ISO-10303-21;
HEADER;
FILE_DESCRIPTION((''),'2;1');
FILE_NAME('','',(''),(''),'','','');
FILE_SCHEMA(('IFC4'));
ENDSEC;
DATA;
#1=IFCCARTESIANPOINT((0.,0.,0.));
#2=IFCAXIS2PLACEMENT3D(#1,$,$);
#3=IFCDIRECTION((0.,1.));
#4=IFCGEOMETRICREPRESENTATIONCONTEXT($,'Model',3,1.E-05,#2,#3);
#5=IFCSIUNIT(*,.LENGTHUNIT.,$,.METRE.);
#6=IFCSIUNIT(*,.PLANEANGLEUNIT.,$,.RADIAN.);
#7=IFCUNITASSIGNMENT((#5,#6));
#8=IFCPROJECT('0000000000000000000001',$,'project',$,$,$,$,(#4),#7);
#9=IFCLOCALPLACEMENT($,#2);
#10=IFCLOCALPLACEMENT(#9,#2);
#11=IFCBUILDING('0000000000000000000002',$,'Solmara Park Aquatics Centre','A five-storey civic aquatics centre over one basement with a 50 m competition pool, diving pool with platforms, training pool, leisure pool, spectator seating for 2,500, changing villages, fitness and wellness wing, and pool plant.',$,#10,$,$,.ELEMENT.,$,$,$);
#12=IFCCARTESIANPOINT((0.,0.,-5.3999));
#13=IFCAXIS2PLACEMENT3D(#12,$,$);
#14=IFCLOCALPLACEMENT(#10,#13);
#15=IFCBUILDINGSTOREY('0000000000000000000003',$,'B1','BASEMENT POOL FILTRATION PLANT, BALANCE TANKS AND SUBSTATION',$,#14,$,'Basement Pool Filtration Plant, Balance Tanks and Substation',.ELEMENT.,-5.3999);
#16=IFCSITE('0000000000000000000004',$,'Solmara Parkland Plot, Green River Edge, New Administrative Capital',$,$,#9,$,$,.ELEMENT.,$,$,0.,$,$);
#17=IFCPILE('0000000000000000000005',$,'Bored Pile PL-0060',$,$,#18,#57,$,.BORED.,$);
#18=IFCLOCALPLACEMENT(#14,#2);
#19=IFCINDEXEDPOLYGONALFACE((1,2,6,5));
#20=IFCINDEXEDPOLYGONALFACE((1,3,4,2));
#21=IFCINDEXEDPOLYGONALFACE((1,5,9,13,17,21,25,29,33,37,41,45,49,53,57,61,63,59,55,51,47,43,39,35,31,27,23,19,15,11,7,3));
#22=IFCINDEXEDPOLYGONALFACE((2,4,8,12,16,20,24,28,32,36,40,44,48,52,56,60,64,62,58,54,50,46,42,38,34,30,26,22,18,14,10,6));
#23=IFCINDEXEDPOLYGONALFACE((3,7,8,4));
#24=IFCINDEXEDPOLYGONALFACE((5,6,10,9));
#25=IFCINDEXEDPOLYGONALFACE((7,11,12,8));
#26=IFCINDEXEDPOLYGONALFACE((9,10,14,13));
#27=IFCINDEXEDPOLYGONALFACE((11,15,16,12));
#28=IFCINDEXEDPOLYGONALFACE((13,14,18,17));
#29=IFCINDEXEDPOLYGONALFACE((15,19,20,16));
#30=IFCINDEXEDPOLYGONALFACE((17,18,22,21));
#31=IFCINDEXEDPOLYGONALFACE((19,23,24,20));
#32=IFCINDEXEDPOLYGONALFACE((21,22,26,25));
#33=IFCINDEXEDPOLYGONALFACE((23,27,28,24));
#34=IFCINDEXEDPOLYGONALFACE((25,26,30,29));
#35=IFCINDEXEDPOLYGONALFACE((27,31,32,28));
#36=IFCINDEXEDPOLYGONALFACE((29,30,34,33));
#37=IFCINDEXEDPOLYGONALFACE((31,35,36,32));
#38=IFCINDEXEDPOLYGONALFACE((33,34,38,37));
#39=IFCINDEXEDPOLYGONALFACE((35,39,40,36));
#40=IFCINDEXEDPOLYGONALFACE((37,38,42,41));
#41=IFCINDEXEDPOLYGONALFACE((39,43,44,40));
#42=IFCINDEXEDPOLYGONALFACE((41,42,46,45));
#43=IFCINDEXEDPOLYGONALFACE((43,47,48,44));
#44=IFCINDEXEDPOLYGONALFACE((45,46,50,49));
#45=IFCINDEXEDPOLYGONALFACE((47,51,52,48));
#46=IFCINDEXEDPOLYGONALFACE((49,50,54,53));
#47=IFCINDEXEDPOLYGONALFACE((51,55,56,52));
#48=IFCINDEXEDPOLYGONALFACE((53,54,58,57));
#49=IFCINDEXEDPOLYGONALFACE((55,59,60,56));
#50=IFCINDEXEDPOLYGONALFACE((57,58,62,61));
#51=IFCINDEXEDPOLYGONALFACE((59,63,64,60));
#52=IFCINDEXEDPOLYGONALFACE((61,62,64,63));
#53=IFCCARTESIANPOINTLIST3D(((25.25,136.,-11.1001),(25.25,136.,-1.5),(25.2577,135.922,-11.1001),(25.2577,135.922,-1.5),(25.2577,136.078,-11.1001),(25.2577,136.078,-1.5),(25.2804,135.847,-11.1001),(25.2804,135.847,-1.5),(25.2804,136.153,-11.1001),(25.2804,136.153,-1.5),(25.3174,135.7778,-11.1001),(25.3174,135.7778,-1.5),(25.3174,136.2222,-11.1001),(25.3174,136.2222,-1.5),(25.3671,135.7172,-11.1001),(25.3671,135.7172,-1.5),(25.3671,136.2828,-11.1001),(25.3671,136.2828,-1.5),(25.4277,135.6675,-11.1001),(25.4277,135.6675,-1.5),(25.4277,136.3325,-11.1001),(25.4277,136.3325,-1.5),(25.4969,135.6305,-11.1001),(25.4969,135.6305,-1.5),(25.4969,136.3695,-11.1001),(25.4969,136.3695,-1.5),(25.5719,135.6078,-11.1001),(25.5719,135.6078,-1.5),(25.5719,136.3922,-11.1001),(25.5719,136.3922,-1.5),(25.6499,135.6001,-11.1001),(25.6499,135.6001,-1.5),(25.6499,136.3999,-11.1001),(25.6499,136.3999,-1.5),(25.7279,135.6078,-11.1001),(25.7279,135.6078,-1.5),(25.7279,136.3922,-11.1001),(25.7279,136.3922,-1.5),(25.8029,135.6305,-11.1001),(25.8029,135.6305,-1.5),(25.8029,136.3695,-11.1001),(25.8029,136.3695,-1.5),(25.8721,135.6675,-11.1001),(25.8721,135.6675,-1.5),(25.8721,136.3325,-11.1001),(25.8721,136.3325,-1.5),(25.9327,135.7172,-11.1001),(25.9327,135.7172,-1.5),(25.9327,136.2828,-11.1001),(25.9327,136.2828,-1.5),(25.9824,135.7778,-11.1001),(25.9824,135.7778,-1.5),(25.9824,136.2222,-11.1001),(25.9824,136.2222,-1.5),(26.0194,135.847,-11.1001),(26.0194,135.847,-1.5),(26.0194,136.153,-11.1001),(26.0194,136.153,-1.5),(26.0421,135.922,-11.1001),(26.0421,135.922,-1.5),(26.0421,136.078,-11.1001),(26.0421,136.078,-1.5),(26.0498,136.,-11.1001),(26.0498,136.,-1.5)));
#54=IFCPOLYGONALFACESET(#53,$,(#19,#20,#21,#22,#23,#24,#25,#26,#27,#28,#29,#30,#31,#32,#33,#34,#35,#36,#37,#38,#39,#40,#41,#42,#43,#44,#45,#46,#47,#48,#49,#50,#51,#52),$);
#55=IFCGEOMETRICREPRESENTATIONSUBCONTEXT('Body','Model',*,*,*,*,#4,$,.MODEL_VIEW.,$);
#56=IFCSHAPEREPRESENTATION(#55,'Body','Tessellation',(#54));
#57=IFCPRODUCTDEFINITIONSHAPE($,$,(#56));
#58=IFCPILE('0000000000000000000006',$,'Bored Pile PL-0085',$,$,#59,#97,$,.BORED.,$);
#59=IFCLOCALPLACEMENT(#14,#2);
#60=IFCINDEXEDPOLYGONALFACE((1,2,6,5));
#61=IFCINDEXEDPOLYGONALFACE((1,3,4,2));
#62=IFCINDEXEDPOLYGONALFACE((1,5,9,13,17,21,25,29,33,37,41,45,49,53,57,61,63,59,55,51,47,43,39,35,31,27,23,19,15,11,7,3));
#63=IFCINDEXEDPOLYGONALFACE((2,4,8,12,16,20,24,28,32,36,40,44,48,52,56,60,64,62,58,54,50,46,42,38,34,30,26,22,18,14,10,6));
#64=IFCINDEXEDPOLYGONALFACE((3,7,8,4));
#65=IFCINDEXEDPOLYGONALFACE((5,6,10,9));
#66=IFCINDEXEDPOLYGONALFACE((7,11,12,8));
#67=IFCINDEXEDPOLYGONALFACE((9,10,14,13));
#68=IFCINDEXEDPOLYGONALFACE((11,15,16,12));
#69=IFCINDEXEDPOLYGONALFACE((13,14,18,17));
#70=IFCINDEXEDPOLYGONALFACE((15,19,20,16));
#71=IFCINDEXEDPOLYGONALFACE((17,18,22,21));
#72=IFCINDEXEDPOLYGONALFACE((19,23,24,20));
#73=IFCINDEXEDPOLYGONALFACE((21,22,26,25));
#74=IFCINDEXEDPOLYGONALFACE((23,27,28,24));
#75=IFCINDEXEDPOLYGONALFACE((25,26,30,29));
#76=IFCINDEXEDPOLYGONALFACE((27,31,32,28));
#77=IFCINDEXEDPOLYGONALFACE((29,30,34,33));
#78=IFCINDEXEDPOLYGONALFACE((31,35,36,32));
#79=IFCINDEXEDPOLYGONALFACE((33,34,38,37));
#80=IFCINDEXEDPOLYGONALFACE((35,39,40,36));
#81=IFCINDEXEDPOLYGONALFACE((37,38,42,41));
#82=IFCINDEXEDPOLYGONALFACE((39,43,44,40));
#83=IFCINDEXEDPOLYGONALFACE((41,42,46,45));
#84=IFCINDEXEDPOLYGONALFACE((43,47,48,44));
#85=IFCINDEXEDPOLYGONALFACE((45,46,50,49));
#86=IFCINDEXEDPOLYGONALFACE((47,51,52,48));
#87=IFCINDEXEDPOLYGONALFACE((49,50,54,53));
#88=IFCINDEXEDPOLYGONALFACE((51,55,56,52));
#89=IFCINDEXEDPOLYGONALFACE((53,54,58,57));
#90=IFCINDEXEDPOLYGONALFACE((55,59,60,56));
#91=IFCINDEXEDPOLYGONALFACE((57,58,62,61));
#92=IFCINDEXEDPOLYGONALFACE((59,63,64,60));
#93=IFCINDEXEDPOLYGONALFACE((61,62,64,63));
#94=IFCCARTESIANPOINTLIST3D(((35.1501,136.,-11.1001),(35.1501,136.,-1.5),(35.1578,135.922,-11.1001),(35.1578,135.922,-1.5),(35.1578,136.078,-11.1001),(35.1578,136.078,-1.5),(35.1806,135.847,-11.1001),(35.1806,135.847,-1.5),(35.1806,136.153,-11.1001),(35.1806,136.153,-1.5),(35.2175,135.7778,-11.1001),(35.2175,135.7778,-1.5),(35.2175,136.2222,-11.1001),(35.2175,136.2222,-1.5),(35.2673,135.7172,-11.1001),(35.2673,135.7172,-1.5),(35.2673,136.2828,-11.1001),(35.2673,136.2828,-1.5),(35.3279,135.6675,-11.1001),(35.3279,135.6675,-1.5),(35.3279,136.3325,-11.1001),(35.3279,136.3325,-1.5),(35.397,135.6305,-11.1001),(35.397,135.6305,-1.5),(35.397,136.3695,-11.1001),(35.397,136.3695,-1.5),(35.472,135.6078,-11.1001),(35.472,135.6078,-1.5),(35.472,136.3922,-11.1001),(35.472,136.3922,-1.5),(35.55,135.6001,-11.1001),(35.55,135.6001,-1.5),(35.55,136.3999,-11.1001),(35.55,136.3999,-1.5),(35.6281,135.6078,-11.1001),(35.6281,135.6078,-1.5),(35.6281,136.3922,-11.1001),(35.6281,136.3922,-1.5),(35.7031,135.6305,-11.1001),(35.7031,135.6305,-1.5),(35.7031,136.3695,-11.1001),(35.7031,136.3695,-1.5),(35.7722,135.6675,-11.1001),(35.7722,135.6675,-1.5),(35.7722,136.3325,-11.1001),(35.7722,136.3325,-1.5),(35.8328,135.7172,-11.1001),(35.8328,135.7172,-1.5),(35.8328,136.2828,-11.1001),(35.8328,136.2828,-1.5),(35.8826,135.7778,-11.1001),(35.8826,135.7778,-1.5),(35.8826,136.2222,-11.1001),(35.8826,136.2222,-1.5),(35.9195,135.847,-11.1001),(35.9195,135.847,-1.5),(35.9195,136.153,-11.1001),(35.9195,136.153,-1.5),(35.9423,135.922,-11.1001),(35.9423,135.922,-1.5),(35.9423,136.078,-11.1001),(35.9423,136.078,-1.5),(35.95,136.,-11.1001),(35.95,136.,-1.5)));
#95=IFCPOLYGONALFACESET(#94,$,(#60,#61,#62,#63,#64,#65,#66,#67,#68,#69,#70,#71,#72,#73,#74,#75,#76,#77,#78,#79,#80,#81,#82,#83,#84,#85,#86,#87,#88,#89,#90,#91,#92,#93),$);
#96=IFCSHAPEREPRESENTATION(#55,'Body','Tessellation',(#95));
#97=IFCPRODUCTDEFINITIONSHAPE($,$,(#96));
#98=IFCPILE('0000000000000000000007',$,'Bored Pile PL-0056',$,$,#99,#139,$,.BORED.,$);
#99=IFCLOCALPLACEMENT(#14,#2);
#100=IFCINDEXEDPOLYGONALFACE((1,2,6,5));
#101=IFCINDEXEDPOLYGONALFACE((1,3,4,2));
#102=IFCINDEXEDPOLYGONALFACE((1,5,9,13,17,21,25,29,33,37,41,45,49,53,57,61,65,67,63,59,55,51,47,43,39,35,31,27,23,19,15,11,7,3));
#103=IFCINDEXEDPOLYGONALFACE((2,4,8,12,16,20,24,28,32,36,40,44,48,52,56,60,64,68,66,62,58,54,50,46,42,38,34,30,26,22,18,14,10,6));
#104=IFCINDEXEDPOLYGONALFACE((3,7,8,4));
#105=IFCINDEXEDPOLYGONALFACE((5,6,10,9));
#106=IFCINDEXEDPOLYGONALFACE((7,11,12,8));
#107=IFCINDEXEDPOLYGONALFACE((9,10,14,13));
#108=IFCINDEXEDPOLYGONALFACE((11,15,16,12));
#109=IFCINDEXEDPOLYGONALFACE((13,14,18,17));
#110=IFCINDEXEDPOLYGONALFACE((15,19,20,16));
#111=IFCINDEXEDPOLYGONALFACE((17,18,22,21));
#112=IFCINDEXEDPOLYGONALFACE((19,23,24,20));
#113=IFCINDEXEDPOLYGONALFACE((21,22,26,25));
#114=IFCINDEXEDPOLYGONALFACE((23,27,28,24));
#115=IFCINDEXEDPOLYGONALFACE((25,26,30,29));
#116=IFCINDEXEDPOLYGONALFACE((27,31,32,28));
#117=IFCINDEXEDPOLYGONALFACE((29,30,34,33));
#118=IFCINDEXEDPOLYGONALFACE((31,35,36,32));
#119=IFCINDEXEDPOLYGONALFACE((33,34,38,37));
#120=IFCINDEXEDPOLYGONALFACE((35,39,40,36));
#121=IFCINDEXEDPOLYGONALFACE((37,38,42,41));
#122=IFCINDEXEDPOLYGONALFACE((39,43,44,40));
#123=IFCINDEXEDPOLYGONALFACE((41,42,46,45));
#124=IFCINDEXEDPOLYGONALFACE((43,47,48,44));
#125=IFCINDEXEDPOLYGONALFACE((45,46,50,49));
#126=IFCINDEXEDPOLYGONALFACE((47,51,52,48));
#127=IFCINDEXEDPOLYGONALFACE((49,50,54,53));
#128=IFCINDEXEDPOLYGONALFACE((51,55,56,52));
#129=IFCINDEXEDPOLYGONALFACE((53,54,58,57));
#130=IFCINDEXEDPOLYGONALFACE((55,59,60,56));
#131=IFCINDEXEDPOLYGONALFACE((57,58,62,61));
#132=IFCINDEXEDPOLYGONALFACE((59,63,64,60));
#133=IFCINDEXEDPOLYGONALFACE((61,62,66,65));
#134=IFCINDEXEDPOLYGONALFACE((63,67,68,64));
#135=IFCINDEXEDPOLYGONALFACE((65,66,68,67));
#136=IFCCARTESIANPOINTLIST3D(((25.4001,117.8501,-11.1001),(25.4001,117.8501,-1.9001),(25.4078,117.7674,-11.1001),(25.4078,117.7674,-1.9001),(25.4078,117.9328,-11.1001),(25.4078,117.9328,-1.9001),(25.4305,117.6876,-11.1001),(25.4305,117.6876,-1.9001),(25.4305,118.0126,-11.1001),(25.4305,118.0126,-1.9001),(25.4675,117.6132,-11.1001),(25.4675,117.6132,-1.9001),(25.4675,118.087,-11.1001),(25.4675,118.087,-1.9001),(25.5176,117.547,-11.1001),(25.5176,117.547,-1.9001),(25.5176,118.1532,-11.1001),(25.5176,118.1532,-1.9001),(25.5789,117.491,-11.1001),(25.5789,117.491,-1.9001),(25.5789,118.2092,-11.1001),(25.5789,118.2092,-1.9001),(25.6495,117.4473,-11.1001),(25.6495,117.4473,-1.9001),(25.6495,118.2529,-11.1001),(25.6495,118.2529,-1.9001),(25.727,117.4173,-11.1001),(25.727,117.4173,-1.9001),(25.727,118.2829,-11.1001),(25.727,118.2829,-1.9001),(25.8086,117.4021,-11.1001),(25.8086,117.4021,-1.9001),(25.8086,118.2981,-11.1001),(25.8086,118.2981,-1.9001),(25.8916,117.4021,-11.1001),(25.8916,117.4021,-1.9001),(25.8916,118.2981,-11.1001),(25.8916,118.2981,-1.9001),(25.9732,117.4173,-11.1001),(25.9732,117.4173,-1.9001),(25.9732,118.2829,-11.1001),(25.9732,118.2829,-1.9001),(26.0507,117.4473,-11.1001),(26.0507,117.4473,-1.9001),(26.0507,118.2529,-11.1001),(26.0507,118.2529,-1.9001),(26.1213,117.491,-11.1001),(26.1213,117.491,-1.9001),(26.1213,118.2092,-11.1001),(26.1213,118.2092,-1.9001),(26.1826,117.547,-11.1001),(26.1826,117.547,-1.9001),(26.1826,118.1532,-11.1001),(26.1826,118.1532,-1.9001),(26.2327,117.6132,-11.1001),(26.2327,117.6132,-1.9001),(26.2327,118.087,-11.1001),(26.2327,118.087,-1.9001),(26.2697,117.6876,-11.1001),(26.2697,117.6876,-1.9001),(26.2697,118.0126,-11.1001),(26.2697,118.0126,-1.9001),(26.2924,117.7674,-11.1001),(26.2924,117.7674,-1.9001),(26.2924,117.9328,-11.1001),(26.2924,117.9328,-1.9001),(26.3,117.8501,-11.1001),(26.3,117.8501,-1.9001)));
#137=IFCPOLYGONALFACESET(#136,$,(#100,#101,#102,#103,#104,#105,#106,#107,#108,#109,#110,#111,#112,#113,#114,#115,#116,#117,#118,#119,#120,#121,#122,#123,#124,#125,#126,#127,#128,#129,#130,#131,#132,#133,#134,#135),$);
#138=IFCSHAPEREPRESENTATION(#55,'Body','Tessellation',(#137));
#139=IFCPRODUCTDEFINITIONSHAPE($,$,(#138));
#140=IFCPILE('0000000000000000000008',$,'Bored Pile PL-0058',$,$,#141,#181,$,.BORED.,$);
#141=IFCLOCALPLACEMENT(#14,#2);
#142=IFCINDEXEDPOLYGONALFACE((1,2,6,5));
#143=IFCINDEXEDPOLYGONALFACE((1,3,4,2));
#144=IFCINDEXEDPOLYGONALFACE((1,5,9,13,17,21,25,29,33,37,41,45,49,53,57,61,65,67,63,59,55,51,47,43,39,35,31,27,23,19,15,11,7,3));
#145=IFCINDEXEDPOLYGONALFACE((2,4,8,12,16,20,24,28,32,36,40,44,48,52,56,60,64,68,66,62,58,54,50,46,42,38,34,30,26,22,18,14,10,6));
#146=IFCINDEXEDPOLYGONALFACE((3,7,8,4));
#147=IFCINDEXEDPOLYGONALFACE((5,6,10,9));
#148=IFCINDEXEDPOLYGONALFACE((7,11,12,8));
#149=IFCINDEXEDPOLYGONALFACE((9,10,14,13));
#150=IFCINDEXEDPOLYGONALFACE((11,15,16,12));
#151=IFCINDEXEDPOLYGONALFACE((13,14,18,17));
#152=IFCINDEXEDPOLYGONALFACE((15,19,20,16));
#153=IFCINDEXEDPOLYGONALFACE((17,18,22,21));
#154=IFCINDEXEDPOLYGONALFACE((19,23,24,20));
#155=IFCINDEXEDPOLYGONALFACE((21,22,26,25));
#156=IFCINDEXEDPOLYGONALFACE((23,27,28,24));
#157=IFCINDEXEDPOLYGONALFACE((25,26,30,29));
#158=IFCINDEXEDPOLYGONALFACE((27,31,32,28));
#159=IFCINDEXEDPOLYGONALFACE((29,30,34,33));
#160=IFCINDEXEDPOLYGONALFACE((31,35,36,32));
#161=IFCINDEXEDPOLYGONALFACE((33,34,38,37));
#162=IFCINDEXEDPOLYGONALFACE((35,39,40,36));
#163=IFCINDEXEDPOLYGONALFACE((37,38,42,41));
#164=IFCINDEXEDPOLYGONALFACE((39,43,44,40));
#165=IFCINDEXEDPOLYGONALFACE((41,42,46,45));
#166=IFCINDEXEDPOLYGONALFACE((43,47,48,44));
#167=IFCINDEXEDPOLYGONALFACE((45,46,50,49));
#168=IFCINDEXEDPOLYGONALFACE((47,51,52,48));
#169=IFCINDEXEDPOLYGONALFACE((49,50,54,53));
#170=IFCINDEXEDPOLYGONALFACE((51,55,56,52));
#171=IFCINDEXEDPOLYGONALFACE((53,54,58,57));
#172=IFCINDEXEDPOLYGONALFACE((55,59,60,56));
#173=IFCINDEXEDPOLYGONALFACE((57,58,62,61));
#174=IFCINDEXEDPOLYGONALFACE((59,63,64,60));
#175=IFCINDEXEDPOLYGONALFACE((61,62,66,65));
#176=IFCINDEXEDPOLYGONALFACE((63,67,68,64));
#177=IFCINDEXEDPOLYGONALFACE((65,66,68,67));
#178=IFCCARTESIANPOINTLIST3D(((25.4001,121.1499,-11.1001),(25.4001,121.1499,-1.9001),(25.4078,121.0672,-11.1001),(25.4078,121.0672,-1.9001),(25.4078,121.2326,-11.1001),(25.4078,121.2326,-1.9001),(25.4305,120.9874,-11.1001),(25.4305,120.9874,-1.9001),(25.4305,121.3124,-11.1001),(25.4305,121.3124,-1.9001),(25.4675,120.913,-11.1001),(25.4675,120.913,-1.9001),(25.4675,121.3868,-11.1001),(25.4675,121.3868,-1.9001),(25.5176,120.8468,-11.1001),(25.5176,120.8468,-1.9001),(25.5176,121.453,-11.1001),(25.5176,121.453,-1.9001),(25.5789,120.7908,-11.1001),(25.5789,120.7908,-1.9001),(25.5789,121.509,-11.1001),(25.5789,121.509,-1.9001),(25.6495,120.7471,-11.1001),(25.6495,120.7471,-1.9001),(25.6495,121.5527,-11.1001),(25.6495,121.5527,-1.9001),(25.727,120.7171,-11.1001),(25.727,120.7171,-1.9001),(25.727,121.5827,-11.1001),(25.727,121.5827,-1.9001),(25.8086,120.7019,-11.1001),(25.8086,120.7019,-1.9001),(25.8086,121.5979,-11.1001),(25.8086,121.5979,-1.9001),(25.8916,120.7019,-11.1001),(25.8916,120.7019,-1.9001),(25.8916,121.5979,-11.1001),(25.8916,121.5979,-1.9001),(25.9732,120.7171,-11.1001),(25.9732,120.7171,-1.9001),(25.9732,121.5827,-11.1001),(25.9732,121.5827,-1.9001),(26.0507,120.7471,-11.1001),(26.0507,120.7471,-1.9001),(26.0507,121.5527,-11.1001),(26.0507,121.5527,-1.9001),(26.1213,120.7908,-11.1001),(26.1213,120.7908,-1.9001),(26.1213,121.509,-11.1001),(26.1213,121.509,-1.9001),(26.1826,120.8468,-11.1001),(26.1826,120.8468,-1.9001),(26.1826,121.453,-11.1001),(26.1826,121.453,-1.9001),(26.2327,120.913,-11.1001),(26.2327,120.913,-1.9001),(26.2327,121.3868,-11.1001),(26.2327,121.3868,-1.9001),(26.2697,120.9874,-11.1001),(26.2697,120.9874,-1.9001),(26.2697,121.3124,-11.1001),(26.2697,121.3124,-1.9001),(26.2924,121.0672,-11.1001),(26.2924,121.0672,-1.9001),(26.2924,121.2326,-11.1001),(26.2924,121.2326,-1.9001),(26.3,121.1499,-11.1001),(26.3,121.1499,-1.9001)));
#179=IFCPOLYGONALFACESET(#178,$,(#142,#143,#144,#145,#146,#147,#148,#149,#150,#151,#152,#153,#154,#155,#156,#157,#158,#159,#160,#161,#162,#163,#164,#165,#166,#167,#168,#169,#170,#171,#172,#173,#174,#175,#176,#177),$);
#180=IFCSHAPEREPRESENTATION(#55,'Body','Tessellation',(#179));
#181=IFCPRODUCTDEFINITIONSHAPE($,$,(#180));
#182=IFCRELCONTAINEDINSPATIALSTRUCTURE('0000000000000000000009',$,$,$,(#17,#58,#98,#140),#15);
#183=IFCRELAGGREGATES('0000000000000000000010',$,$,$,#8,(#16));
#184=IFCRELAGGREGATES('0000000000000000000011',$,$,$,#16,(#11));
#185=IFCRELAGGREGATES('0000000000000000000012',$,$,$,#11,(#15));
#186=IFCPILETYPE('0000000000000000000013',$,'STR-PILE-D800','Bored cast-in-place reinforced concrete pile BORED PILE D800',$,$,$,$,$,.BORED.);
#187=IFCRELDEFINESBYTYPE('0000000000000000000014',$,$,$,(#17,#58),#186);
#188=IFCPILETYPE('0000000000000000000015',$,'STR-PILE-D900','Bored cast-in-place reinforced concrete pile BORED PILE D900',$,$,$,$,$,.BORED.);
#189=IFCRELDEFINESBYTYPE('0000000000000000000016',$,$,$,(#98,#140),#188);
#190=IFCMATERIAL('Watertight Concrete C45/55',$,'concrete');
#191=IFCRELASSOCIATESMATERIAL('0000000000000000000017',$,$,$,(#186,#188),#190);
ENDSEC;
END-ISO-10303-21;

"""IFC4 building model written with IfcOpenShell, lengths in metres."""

from ifc_helpers import new_model, si_unit, direction, frame, origin, origin_2d, place, context, subcontext, project, spatial, circle, extrude, material, material_profile, profile_set, type_object, element, save


model = new_model("IFC4")

# Units and contexts
model_context = context("Model", 3, precision=1e-05, world=origin(), true_north=direction((0.0, 1.0)))
body_context = subcontext(model_context, "Body", "Model", "MODEL_VIEW")
ifc_project = project(units=[si_unit("LENGTHUNIT", "METRE"), si_unit("PLANEANGLEUNIT", "RADIAN")], contexts=[model_context])

# Site, building, storey
site_placement = place(None, origin())
site = spatial("IfcSite", under=ifc_project, at=site_placement, Name="Solmara Parkland Plot, Green River Edge, New Administrative Capital", CompositionType="ELEMENT", RefElevation=0.0)
building_placement = place(site_placement, origin())
building = spatial("IfcBuilding", under=site, at=building_placement, Name="Solmara Park Aquatics Centre", Description="A five-storey civic aquatics centre over one basement with a 50 m competition pool, diving pool with platforms, training pool, leisure pool, spectator seating for 2,500, changing villages, fitness and wellness wing, and pool plant.", CompositionType="ELEMENT")
storey_placement = place(building_placement, frame((0.0, 0.0, -5.3999)))
storey = spatial("IfcBuildingStorey", under=building, at=storey_placement, Name="B1", Description="BASEMENT POOL FILTRATION PLANT, BALANCE TANKS AND SUBSTATION", LongName="Basement Pool Filtration Plant, Balance Tanks and Substation", CompositionType="ELEMENT", Elevation=-5.3999)

# Shared definitions
ifc_material_1 = material(Name="Watertight Concrete C45/55", Category="concrete")

# Piles
ifc_material_profile_1 = material_profile(ifc_material_1, circle(Radius=0.3999, at=origin_2d()), Name="BORED PILE D800")
ifc_profile_set_1 = profile_set([ifc_material_profile_1], Name="Watertight Concrete C45/55")
pile_type_1 = type_object("IfcPileType", Name="STR-PILE-D800", Description="Bored cast-in-place reinforced concrete pile BORED PILE D800", PredefinedType="BORED", material=ifc_profile_set_1)
for number, where, z_axis, x_axis, name in (
    (1, (25.6499, 136.0, -1.5), (0.0, 0.0, -1.0), (1.0, 0.0, 0.0), "Bored Pile PL-0060"),
    (2, (35.55, 136.0, -1.5), (0.0, 0.0, -1.0), (1.0, 0.0, 0.0), "Bored Pile PL-0085"),
):
    element("IfcPile", number, at=place(storey_placement, frame(where, z_axis=z_axis, x_axis=x_axis)), inside=storey, type_object=pile_type_1, Name=name, PredefinedType="BORED", context=body_context, shape_type="SweptSolid", body=[
        extrude(circle(Radius=0.3999, at=origin_2d()), origin(), (0.0, 0.0, 1.0), 9.6001),
    ])
ifc_material_profile_2 = material_profile(ifc_material_1, circle(Radius=0.45, at=origin_2d()), Name="BORED PILE D900")
ifc_profile_set_2 = profile_set([ifc_material_profile_2], Name="Watertight Concrete C45/55")
pile_type_2 = type_object("IfcPileType", Name="STR-PILE-D900", Description="Bored cast-in-place reinforced concrete pile BORED PILE D900", PredefinedType="BORED", material=ifc_profile_set_2)
for number, where, z_axis, x_axis, name in (
    (3, (25.8501, 117.8501, -1.9001), (0.0, 0.0, -1.0), (1.0, 0.0, 0.0), "Bored Pile PL-0056"),
    (4, (25.8501, 121.1499, -1.9001), (0.0, 0.0, -1.0), (1.0, 0.0, 0.0), "Bored Pile PL-0058"),
):
    element("IfcPile", number, at=place(storey_placement, frame(where, z_axis=z_axis, x_axis=x_axis)), inside=storey, type_object=pile_type_2, Name=name, PredefinedType="BORED", context=body_context, shape_type="SweptSolid", body=[
        extrude(circle(Radius=0.45, at=origin_2d()), origin(), (0.0, 0.0, 1.0), 9.2),
    ])

save(model, "model.ifc")
